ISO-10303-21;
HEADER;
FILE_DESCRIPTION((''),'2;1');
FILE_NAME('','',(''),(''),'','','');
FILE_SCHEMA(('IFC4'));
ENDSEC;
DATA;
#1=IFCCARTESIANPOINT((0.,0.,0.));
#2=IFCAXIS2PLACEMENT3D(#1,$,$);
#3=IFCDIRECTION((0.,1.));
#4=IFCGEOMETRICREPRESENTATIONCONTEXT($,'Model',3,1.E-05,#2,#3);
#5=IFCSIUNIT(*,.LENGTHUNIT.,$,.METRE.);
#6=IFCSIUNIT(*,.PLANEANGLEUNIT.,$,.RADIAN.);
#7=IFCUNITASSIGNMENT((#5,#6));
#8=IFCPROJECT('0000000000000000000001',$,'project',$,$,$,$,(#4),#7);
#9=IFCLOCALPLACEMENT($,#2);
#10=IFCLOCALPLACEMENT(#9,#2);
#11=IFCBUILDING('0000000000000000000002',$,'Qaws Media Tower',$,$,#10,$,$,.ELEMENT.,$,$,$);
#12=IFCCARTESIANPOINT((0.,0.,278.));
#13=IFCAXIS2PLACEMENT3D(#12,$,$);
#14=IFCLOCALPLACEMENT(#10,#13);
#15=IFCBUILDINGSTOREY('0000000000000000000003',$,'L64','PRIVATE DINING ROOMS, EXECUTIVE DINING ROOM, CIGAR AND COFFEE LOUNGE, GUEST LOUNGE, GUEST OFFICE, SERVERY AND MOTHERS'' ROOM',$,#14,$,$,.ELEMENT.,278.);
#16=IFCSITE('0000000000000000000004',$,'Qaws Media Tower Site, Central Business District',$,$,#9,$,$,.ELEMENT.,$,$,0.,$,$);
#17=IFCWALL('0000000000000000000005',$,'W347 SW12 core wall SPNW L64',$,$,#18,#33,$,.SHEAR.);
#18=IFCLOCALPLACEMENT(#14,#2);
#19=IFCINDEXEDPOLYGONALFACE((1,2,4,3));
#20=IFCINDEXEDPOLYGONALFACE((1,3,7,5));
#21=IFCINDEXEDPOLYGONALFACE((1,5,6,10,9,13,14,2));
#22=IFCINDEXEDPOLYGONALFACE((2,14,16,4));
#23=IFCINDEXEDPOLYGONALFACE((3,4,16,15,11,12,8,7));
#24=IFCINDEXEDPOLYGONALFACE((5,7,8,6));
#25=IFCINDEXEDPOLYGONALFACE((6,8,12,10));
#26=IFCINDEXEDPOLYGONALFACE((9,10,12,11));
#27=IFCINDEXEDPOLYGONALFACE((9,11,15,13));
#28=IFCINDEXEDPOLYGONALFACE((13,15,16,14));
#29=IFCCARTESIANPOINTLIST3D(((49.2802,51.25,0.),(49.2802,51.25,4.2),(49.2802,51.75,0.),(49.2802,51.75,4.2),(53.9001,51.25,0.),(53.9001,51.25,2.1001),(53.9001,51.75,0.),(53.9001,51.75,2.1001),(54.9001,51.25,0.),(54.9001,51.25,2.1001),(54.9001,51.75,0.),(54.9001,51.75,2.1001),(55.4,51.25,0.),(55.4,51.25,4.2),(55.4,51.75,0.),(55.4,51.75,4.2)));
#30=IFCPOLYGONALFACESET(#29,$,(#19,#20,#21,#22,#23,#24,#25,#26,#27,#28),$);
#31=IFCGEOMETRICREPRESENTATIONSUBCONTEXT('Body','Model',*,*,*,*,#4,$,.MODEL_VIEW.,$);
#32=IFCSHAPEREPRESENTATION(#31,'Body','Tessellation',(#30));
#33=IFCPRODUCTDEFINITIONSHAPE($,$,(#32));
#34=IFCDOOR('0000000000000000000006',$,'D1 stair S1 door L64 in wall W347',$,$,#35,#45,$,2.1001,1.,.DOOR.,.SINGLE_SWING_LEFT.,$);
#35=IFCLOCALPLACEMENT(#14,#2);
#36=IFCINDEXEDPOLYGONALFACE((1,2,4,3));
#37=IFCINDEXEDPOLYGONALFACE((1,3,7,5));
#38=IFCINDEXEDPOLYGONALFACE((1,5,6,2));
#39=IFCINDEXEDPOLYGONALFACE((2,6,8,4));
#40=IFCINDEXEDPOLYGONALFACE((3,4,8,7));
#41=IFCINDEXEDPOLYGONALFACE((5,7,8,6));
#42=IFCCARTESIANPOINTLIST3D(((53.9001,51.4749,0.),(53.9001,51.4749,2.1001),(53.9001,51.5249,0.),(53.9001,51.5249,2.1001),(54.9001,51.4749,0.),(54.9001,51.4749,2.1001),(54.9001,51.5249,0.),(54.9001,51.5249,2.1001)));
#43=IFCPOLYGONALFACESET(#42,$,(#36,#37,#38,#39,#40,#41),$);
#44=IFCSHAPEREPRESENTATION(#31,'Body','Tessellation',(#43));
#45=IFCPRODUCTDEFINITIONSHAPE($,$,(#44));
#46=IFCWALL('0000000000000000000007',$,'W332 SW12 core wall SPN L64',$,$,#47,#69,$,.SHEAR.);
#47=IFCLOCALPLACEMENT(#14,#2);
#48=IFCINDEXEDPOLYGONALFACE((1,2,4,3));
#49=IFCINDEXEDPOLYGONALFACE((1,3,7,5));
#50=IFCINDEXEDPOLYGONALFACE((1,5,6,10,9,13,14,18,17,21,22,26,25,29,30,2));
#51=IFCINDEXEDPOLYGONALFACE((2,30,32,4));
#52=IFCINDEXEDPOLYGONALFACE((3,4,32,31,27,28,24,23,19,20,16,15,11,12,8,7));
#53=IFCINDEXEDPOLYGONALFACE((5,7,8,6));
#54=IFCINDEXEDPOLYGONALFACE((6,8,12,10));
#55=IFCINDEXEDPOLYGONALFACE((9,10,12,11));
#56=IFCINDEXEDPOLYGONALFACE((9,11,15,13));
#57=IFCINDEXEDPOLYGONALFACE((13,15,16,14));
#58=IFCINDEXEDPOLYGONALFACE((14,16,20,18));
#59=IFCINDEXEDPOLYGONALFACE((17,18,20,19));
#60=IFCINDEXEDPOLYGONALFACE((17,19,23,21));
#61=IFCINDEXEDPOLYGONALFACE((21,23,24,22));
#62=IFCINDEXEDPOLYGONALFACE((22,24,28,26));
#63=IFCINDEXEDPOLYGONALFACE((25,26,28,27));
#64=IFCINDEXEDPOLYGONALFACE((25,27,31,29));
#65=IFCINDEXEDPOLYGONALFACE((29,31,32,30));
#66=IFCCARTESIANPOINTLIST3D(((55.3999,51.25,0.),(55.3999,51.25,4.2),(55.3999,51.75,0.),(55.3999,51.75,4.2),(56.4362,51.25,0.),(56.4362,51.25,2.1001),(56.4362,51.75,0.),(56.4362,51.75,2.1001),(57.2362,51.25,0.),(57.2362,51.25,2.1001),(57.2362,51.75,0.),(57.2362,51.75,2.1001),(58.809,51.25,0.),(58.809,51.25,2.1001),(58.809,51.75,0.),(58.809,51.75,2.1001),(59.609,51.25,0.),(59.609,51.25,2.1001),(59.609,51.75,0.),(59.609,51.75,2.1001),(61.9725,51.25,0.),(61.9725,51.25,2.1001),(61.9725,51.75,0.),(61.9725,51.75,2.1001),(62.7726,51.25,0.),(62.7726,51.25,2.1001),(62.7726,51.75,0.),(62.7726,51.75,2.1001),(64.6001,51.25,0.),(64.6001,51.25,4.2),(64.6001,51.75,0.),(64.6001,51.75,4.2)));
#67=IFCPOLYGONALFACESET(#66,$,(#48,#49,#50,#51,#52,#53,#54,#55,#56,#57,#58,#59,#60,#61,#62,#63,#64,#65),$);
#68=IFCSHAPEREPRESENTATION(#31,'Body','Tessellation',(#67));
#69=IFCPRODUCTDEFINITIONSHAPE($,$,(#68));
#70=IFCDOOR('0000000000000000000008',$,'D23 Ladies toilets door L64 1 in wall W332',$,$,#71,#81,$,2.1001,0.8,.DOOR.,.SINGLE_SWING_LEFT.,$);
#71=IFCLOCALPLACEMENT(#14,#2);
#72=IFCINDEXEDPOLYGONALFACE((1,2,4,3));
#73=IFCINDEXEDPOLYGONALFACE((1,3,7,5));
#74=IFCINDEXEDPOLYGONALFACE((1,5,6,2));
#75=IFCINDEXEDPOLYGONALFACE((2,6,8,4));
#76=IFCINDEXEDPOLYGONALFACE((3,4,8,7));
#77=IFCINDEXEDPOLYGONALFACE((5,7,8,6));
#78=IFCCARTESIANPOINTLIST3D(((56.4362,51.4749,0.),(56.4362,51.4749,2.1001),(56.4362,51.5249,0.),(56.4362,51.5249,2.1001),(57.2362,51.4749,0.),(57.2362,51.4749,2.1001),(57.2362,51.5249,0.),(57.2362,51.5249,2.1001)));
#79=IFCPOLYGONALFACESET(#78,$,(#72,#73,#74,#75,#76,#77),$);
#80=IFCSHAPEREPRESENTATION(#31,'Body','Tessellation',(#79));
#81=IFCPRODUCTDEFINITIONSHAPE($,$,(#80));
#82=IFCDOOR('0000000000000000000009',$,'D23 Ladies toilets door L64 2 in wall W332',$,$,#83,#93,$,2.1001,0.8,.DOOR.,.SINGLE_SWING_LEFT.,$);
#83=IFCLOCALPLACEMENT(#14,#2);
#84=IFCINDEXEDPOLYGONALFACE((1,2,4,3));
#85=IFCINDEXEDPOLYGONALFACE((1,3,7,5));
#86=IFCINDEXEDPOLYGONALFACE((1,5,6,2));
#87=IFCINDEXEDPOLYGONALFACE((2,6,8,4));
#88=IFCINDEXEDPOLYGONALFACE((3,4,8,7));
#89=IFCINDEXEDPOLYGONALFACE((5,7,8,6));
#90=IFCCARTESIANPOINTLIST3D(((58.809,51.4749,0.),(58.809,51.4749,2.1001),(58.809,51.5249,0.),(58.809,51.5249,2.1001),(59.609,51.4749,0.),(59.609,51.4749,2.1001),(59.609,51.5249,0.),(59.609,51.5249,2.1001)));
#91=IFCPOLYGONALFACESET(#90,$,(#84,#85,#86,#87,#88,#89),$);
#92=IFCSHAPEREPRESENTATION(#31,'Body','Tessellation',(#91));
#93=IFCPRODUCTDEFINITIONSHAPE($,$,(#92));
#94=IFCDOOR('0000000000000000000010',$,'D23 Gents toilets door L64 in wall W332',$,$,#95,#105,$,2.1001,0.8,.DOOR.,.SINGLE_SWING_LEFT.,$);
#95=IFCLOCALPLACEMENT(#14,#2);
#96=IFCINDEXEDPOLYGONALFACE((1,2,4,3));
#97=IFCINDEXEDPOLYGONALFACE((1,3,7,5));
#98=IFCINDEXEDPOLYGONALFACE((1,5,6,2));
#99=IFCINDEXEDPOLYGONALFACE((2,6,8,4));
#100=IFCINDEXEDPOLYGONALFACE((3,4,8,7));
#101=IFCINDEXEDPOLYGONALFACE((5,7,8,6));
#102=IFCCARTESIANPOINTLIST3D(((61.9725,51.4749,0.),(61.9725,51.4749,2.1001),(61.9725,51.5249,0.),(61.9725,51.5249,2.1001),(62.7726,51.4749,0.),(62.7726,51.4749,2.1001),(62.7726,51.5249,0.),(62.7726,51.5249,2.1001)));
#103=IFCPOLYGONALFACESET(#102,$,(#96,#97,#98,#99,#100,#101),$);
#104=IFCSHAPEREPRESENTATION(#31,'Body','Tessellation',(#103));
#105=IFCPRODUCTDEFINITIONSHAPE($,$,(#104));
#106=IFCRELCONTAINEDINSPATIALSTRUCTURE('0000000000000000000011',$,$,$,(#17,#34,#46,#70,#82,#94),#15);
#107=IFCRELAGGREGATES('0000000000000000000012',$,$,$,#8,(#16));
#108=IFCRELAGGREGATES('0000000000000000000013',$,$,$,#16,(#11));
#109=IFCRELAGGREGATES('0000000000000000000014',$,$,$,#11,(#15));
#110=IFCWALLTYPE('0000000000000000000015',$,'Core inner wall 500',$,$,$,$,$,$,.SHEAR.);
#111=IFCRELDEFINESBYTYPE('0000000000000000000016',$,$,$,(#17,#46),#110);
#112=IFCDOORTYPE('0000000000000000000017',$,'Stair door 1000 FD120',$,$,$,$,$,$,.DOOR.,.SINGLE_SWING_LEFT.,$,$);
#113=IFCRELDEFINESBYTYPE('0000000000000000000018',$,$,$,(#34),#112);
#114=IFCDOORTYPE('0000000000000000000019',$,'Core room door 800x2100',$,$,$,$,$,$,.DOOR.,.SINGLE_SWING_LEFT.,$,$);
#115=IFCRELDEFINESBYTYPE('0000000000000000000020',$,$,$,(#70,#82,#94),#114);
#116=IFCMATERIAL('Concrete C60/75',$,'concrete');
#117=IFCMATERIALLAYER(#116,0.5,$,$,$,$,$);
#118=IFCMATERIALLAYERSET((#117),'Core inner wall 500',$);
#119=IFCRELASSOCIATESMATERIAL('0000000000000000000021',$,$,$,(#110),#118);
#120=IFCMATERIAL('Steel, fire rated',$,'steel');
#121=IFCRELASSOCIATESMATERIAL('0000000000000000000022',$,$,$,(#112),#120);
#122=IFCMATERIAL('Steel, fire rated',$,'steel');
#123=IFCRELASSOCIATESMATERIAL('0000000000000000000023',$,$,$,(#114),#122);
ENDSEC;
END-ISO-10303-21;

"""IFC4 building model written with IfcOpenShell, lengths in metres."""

from ifc_helpers import new_model, si_unit, direction, frame, frame_2d, origin, place, context, subcontext, project, spatial, rectangle, extrude, material, layer, layer_set, type_object, element, fill, save


model = new_model("IFC4")

# Units and contexts
model_context = context("Model", 3, precision=1e-05, world=origin(), true_north=direction((0.0, 1.0)))
body_context = subcontext(model_context, "Body", "Model", "MODEL_VIEW")
ifc_project = project(units=[si_unit("LENGTHUNIT", "METRE"), si_unit("PLANEANGLEUNIT", "RADIAN")], contexts=[model_context])

# Site, building, storey
site_placement = place(None, origin())
site = spatial("IfcSite", under=ifc_project, at=site_placement, Name="Qaws Media Tower Site, Central Business District", CompositionType="ELEMENT", RefElevation=0.0)
building_placement = place(site_placement, origin())
building = spatial("IfcBuilding", under=site, at=building_placement, Name="Qaws Media Tower", CompositionType="ELEMENT")
storey_placement = place(building_placement, frame((0.0, 0.0, 278.0)))
storey = spatial("IfcBuildingStorey", under=building, at=storey_placement, Name="L64", Description="PRIVATE DINING ROOMS, EXECUTIVE DINING ROOM, CIGAR AND COFFEE LOUNGE, GUEST LOUNGE, GUEST OFFICE, SERVERY AND MOTHERS' ROOM", CompositionType="ELEMENT", Elevation=278.0)

# Wall, opening, door
ifc_material_1 = material(Name="Concrete C60/75", Category="concrete")
ifc_layer_1 = layer(ifc_material_1, 0.5)
ifc_layer_set_1 = layer_set([ifc_layer_1], Name="Core inner wall 500")
wall_type_1 = type_object("IfcWallType", Name="Core inner wall 500", PredefinedType="SHEAR", material=ifc_layer_set_1)
wall_1_placement = place(storey_placement, frame((49.28, 51.5, 0.0), z_axis=(0.0, 0.0, 1.0), x_axis=(1.0, 0.0, 0.0)))
wall_1 = element("IfcWall", 1, at=wall_1_placement, inside=storey, type_object=wall_type_1, Name="W347 SW12 core wall SPNW L64", PredefinedType="SHEAR", context=body_context, shape_type="SweptSolid", body=[
    extrude(rectangle(XDim=6.1199, YDim=0.5, at=frame_2d((3.0601, 0.0))), origin(), (0.0, 0.0, 1.0), 4.2),
])
opening_1_placement = place(wall_1_placement, frame((4.6201, 0.0, 0.0)))
opening_1 = element("IfcOpeningElement", 2, at=opening_1_placement, cuts=wall_1, PredefinedType="OPENING", context=body_context, shape_type="SweptSolid", body=[
    extrude(rectangle(XDim=1.0, YDim=2.1001, at=frame_2d((0.5, 1.05))), frame((0.0, 0.26, 0.0), z_axis=(0.0, -1.0, 0.0), x_axis=(1.0, 0.0, 0.0)), (0.0, 0.0, 1.0), 0.52),
])
ifc_material_2 = material(Name="Steel, fire rated", Category="steel")
door_type_1 = type_object("IfcDoorType", Name="Stair door 1000 FD120", OperationType="SINGLE_SWING_LEFT", PredefinedType="DOOR", material=ifc_material_2)
door_1_placement = place(opening_1_placement, origin())
door_1 = element("IfcDoor", 3, at=door_1_placement, inside=storey, type_object=door_type_1, Name="D1 stair S1 door L64 in wall W347", OperationType="SINGLE_SWING_LEFT", OverallHeight=2.1001, OverallWidth=1.0, PredefinedType="DOOR", context=body_context, shape_type="SweptSolid", body=[
    extrude(rectangle(XDim=1.0, YDim=2.1001, at=frame_2d((0.5, 1.05))), frame((0.0, 0.0249, 0.0), z_axis=(0.0, -1.0, 0.0), x_axis=(1.0, 0.0, 0.0)), (0.0, 0.0, 1.0), 0.05),
])
fill(opening_1, door_1)

# Wall, openings, doors
wall_2_placement = place(storey_placement, frame((55.3999, 51.5, 0.0), z_axis=(0.0, 0.0, 1.0), x_axis=(1.0, 0.0, 0.0)))
wall_2 = element("IfcWall", 4, at=wall_2_placement, inside=storey, type_object=wall_type_1, Name="W332 SW12 core wall SPN L64", PredefinedType="SHEAR", context=body_context, shape_type="SweptSolid", body=[
    extrude(rectangle(XDim=9.2002, YDim=0.5, at=frame_2d((4.6001, 0.0))), origin(), (0.0, 0.0, 1.0), 4.2),
])
opening_2_placement = place(wall_2_placement, frame((1.0364, 0.0, 0.0)))
opening_2 = element("IfcOpeningElement", 5, at=opening_2_placement, cuts=wall_2, PredefinedType="OPENING", context=body_context, shape_type="SweptSolid", body=[
    extrude(rectangle(XDim=0.8, YDim=2.1001, at=frame_2d((0.3999, 1.05))), frame((0.0, 0.26, 0.0), z_axis=(0.0, -1.0, 0.0), x_axis=(1.0, 0.0, 0.0)), (0.0, 0.0, 1.0), 0.52),
])
opening_3_placement = place(wall_2_placement, frame((3.4092, 0.0, 0.0)))
opening_3 = element("IfcOpeningElement", 6, at=opening_3_placement, cuts=wall_2, PredefinedType="OPENING", context=body_context, shape_type="SweptSolid", body=[
    extrude(rectangle(XDim=0.8, YDim=2.1001, at=frame_2d((0.3999, 1.05))), frame((0.0, 0.26, 0.0), z_axis=(0.0, -1.0, 0.0), x_axis=(1.0, 0.0, 0.0)), (0.0, 0.0, 1.0), 0.52),
])
opening_4_placement = place(wall_2_placement, frame((6.5728, 0.0, 0.0)))
opening_4 = element("IfcOpeningElement", 7, at=opening_4_placement, cuts=wall_2, PredefinedType="OPENING", context=body_context, shape_type="SweptSolid", body=[
    extrude(rectangle(XDim=0.8, YDim=2.1001, at=frame_2d((0.3999, 1.05))), frame((0.0, 0.26, 0.0), z_axis=(0.0, -1.0, 0.0), x_axis=(1.0, 0.0, 0.0)), (0.0, 0.0, 1.0), 0.52),
])
ifc_material_3 = material(Name="Steel, fire rated", Category="steel")
door_type_2 = type_object("IfcDoorType", Name="Core room door 800x2100", OperationType="SINGLE_SWING_LEFT", PredefinedType="DOOR", material=ifc_material_3)
door_2_placement = place(opening_2_placement, origin())
door_2 = element("IfcDoor", 8, at=door_2_placement, inside=storey, type_object=door_type_2, Name="D23 Ladies toilets door L64 1 in wall W332", OperationType="SINGLE_SWING_LEFT", OverallHeight=2.1001, OverallWidth=0.8, PredefinedType="DOOR", context=body_context, shape_type="SweptSolid", body=[
    extrude(rectangle(XDim=0.8, YDim=2.1001, at=frame_2d((0.3999, 1.05))), frame((0.0, 0.0249, 0.0), z_axis=(0.0, -1.0, 0.0), x_axis=(1.0, 0.0, 0.0)), (0.0, 0.0, 1.0), 0.05),
])
fill(opening_2, door_2)
door_3_placement = place(opening_3_placement, origin())
door_3 = element("IfcDoor", 9, at=door_3_placement, inside=storey, type_object=door_type_2, Name="D23 Ladies toilets door L64 2 in wall W332", OperationType="SINGLE_SWING_LEFT", OverallHeight=2.1001, OverallWidth=0.8, PredefinedType="DOOR", context=body_context, shape_type="SweptSolid", body=[
    extrude(rectangle(XDim=0.8, YDim=2.1001, at=frame_2d((0.3999, 1.05))), frame((0.0, 0.0249, 0.0), z_axis=(0.0, -1.0, 0.0), x_axis=(1.0, 0.0, 0.0)), (0.0, 0.0, 1.0), 0.05),
])
fill(opening_3, door_3)
door_4_placement = place(opening_4_placement, origin())
door_4 = element("IfcDoor", 10, at=door_4_placement, inside=storey, type_object=door_type_2, Name="D23 Gents toilets door L64 in wall W332", OperationType="SINGLE_SWING_LEFT", OverallHeight=2.1001, OverallWidth=0.8, PredefinedType="DOOR", context=body_context, shape_type="SweptSolid", body=[
    extrude(rectangle(XDim=0.8, YDim=2.1001, at=frame_2d((0.3999, 1.05))), frame((0.0, 0.0249, 0.0), z_axis=(0.0, -1.0, 0.0), x_axis=(1.0, 0.0, 0.0)), (0.0, 0.0, 1.0), 0.05),
])
fill(opening_4, door_4)

save(model, "model.ifc")
